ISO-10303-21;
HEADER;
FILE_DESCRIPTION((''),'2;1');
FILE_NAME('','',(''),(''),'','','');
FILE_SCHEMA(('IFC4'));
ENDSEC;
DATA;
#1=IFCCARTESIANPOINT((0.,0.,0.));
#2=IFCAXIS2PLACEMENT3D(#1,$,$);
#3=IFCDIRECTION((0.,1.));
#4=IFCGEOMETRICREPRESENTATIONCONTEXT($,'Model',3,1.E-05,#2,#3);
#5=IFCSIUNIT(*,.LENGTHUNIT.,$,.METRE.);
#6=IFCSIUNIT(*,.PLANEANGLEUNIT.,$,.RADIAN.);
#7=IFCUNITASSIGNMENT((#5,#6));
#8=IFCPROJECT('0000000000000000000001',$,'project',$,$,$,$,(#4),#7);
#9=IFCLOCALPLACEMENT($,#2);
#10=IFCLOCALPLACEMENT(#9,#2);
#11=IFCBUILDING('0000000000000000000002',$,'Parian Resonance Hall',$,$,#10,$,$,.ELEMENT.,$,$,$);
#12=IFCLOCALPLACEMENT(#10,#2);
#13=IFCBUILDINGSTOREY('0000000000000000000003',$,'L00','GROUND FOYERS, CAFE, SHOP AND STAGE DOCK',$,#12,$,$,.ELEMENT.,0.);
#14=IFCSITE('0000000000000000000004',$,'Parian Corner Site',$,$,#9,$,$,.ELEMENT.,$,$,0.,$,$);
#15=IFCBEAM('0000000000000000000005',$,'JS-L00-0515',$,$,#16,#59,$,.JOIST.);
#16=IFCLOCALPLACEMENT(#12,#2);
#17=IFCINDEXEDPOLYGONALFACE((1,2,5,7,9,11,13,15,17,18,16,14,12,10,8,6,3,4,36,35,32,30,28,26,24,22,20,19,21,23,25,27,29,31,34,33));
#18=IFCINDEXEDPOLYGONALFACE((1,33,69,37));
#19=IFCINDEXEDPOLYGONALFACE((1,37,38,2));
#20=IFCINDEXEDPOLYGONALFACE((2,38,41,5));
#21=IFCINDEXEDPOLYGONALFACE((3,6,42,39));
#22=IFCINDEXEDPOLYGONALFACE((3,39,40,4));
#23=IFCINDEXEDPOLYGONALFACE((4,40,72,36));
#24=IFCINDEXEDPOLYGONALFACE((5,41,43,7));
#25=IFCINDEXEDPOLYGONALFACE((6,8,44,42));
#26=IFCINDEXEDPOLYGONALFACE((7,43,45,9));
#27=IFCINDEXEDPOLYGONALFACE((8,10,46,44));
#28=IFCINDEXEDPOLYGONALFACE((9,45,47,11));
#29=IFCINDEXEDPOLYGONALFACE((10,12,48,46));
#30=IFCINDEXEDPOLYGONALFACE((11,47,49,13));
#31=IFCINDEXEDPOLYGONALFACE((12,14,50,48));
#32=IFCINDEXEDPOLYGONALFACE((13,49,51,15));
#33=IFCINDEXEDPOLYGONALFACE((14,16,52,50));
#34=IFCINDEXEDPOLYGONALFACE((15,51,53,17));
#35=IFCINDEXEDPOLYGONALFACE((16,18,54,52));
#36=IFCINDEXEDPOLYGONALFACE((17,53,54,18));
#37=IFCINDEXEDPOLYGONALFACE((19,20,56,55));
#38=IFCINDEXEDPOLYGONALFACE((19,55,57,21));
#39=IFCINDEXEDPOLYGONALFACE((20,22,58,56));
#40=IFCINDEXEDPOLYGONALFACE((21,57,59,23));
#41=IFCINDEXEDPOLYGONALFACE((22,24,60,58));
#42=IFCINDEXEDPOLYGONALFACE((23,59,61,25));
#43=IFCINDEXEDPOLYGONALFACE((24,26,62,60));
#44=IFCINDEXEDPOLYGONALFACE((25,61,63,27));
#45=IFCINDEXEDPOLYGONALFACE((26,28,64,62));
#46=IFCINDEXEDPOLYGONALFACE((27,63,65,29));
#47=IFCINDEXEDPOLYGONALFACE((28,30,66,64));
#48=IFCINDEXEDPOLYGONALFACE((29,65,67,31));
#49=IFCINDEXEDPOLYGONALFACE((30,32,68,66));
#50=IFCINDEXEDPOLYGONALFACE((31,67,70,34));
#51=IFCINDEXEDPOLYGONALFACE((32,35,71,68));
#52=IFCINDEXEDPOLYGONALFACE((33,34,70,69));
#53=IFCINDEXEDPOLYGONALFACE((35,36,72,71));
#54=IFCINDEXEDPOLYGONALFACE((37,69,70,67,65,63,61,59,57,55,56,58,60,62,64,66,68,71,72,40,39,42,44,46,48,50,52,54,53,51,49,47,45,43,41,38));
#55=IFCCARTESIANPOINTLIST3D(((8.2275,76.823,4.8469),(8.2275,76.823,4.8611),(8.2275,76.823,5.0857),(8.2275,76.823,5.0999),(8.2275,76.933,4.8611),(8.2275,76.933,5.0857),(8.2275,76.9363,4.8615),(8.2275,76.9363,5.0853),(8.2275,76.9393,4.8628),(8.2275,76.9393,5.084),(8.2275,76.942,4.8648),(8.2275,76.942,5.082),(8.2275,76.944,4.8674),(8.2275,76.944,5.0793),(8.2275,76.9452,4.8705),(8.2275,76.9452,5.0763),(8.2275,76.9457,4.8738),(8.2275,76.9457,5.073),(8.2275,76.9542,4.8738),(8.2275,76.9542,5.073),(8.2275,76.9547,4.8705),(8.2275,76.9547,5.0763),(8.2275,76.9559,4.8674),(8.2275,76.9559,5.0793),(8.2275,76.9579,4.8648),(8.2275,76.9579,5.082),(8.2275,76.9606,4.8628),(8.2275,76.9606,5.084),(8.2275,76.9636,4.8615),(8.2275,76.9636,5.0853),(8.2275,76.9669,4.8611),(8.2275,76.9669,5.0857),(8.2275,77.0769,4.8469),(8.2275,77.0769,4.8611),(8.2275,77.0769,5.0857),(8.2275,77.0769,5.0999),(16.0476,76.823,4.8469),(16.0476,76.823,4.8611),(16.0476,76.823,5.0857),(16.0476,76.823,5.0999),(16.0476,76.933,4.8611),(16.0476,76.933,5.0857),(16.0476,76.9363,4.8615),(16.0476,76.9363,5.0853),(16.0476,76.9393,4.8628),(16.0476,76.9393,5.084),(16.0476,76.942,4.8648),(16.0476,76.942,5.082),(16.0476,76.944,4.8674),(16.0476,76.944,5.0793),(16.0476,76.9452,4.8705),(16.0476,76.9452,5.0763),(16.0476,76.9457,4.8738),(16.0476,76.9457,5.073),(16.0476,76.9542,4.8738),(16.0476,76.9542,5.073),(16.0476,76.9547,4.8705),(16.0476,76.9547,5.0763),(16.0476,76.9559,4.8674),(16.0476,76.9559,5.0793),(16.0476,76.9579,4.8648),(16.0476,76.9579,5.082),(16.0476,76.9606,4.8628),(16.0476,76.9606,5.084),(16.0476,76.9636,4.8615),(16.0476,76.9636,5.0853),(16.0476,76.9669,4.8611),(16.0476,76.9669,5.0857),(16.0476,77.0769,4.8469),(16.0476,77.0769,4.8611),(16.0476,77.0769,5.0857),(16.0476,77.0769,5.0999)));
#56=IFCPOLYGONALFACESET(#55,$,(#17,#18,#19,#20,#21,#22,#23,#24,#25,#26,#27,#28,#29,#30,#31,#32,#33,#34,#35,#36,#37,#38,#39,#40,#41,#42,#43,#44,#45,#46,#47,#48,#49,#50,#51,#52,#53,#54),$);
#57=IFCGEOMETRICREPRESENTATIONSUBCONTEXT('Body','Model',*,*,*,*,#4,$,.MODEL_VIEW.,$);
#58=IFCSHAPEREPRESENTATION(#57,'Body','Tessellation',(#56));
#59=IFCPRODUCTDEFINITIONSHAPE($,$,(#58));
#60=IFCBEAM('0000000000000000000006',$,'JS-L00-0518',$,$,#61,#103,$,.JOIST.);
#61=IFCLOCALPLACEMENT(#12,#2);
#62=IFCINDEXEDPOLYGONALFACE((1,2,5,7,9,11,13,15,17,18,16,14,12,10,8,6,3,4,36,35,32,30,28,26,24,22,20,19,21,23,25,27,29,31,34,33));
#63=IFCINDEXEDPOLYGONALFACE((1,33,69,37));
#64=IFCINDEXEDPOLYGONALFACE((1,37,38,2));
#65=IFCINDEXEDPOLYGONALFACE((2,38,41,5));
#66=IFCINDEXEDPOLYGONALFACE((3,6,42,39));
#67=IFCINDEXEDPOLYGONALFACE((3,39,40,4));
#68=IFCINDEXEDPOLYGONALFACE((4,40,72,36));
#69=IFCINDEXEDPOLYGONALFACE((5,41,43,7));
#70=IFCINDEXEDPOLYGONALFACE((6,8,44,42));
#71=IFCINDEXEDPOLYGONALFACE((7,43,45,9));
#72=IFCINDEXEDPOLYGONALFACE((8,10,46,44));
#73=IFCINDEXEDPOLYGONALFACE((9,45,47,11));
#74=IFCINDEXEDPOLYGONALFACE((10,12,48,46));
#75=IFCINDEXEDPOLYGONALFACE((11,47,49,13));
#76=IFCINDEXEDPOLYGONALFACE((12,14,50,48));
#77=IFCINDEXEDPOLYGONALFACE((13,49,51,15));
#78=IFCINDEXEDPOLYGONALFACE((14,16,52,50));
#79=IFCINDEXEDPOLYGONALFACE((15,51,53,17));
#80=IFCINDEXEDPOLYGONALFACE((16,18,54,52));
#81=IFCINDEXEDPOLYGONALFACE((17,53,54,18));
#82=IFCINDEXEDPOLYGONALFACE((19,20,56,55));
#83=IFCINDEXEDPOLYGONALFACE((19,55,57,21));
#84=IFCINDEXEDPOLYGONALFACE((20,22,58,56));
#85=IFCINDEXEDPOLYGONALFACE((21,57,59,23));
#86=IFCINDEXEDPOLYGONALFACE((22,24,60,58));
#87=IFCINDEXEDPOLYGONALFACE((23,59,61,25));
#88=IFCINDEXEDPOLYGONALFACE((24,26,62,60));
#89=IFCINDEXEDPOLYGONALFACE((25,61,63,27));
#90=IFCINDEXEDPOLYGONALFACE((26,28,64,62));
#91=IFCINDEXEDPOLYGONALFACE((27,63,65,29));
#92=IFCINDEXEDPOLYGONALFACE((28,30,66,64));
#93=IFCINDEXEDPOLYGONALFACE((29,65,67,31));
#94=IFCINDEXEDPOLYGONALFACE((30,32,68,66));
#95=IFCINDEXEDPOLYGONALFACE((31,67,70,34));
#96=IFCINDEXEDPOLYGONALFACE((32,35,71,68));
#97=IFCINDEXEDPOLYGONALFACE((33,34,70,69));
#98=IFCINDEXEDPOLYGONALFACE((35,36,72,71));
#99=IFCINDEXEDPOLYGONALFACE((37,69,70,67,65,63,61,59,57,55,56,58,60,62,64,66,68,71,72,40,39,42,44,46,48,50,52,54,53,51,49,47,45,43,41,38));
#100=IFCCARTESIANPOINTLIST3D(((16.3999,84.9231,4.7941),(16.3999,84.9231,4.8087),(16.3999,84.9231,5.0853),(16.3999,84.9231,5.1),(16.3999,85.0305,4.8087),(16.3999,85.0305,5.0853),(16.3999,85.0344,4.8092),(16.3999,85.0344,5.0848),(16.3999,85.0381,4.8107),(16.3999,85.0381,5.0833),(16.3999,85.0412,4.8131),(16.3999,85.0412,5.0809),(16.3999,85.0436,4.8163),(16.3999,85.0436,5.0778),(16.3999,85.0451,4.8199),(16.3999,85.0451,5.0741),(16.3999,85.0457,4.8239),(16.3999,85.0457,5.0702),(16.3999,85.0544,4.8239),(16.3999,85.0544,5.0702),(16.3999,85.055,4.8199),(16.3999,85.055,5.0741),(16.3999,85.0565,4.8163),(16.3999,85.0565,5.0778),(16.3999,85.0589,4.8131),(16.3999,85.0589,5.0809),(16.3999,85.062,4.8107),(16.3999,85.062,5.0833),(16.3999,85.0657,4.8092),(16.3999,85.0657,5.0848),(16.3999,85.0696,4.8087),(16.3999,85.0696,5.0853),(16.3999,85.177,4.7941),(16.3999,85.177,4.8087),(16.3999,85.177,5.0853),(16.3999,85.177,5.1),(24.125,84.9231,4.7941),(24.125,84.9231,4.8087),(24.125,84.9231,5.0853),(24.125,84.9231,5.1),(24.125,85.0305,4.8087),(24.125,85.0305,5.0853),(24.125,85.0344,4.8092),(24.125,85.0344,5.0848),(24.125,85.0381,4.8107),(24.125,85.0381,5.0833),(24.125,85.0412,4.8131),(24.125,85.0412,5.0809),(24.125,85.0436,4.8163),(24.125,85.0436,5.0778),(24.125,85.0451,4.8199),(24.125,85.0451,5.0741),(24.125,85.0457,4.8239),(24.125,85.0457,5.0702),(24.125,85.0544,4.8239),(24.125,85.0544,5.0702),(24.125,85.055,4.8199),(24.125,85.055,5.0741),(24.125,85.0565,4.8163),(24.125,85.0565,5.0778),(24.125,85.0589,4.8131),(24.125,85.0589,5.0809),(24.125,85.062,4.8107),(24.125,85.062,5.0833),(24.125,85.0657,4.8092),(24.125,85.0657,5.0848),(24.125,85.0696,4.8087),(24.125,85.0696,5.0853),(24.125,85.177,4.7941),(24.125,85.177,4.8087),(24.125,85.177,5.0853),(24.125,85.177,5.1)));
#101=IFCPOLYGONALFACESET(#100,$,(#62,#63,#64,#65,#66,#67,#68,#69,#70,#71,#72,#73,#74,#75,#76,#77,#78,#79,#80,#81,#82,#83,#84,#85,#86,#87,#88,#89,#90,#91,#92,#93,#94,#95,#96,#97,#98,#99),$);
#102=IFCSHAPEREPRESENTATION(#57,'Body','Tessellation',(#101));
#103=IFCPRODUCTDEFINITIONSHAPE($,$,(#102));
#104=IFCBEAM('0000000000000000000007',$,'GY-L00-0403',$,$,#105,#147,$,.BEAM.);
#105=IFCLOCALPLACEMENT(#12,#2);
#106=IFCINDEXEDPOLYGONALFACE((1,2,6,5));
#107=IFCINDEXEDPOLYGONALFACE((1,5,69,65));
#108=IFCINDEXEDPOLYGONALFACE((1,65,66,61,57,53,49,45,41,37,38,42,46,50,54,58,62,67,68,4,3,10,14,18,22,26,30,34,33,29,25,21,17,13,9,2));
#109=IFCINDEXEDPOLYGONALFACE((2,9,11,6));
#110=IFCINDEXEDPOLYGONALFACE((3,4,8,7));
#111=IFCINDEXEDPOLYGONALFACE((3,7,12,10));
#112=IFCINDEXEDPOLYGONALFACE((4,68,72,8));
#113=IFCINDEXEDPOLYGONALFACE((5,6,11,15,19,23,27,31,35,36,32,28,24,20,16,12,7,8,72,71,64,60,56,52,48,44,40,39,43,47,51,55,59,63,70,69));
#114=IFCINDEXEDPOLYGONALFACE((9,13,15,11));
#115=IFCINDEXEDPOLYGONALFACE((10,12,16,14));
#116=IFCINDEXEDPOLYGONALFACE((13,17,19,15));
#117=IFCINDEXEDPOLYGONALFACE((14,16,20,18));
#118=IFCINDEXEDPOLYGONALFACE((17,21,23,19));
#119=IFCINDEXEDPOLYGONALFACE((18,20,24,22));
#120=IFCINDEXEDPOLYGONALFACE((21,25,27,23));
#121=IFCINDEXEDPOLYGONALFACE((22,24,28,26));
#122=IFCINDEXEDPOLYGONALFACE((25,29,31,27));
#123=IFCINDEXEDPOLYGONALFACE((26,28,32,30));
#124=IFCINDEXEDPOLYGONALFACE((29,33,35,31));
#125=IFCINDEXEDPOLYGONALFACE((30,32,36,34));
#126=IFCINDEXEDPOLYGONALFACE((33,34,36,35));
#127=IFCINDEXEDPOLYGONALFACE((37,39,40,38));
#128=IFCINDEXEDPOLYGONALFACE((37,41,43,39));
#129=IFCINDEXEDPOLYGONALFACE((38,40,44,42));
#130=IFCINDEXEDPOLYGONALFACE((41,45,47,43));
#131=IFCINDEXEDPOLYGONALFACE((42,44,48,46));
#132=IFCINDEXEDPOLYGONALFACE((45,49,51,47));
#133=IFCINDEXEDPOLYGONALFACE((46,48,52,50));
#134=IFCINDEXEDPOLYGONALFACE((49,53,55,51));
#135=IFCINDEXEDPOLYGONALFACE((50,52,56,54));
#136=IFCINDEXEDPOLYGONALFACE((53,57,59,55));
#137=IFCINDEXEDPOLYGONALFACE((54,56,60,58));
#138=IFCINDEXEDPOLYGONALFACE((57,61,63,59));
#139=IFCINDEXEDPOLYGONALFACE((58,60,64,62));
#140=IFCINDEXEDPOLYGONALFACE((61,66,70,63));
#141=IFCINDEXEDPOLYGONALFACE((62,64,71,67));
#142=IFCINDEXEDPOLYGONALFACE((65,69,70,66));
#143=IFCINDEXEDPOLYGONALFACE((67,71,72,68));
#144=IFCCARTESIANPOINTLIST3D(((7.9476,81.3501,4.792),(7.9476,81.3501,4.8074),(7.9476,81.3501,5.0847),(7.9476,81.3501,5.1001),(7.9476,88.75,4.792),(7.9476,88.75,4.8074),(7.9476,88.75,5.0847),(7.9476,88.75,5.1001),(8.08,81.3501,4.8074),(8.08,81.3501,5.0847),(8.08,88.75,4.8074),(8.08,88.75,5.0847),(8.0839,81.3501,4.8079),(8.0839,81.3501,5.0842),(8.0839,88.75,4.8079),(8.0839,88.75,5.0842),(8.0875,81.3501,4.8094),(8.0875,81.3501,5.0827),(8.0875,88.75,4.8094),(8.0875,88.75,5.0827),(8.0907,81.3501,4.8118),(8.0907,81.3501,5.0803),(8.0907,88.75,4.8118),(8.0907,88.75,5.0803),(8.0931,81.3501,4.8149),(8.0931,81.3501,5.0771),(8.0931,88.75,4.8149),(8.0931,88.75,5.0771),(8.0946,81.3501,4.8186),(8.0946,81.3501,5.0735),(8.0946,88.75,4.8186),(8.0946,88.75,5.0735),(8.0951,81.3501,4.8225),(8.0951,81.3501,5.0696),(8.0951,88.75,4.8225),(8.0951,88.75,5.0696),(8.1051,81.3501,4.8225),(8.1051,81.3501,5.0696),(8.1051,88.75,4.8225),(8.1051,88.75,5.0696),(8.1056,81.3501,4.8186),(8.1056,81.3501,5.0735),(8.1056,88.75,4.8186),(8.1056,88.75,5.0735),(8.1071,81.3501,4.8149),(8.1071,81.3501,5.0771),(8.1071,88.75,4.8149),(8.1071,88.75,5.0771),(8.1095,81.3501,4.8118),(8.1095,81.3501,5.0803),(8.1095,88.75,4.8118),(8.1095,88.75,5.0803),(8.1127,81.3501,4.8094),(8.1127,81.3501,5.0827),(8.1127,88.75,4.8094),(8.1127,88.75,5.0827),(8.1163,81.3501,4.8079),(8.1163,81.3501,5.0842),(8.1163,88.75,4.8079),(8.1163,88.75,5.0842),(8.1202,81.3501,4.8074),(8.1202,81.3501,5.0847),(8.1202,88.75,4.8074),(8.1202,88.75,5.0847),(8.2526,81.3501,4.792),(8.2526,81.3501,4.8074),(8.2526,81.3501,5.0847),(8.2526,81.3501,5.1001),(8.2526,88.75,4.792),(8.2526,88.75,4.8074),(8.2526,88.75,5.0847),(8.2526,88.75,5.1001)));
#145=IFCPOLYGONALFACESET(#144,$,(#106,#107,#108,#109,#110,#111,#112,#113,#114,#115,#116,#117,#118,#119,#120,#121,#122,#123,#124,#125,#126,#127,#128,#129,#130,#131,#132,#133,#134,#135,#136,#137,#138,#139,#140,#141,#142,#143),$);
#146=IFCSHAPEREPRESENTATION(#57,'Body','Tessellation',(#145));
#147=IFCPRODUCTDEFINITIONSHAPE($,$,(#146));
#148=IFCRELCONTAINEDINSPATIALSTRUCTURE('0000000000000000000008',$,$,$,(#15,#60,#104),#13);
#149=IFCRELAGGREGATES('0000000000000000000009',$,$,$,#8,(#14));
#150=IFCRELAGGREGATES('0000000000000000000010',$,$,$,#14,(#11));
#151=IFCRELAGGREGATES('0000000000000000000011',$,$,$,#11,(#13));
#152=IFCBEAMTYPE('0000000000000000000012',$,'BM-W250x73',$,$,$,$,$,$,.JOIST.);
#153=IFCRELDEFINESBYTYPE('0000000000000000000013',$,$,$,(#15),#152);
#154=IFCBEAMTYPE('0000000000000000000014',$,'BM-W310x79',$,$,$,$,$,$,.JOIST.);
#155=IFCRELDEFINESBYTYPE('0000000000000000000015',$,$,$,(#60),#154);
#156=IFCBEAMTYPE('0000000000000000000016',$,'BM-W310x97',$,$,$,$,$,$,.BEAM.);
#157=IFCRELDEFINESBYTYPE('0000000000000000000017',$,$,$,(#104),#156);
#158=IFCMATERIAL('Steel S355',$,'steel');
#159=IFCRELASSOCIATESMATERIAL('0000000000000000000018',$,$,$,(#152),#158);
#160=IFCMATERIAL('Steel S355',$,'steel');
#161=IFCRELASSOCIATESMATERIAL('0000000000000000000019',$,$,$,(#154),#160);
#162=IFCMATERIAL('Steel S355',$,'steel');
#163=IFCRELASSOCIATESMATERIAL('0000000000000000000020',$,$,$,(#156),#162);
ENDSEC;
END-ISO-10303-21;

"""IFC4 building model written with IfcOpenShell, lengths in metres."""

from ifc_helpers import new_model, si_unit, direction, frame, origin, origin_2d, place, context, subcontext, project, spatial, i_section, extrude, material, material_profile, profile_set, type_object, element, save


model = new_model("IFC4")

# Units and contexts
model_context = context("Model", 3, precision=1e-05, world=origin(), true_north=direction((0.0, 1.0)))
body_context = subcontext(model_context, "Body", "Model", "MODEL_VIEW")
ifc_project = project(units=[si_unit("LENGTHUNIT", "METRE"), si_unit("PLANEANGLEUNIT", "RADIAN")], contexts=[model_context])

# Site, building, storey
site_placement = place(None, origin())
site = spatial("IfcSite", under=ifc_project, at=site_placement, Name="Parian Corner Site", CompositionType="ELEMENT", RefElevation=0.0)
building_placement = place(site_placement, origin())
building = spatial("IfcBuilding", under=site, at=building_placement, Name="Parian Resonance Hall", CompositionType="ELEMENT")
storey_placement = place(building_placement, origin())
storey = spatial("IfcBuildingStorey", under=building, at=storey_placement, Name="L00", Description="GROUND FOYERS, CAFE, SHOP AND STAGE DOCK", CompositionType="ELEMENT", Elevation=0.0)

# Beams
ifc_material_1 = material(Name="Steel S355", Category="steel")
ifc_material_profile_1 = material_profile(ifc_material_1, i_section(OverallWidth=0.2539, OverallDepth=0.2529, WebThickness=0.0085, FlangeThickness=0.0142, FilletRadius=0.0127, at=origin_2d()), Name="W250x73")
ifc_profile_set_1 = profile_set([ifc_material_profile_1], Name="Steel S355")
beam_type_1 = type_object("IfcBeamType", Name="BM-W250x73", PredefinedType="JOIST", material=ifc_profile_set_1)
for number, where, z_axis, x_axis, name in (
    (1, (8.2275, 76.95, 4.9734), (1.0, 0.0, 0.0), (0.0, 1.0, 0.0), "JS-L00-0515"),
):
    element("IfcBeam", number, at=place(storey_placement, frame(where, z_axis=z_axis, x_axis=x_axis)), inside=storey, type_object=beam_type_1, Name=name, PredefinedType="JOIST", context=body_context, shape_type="SweptSolid", body=[
        extrude(i_section(OverallWidth=0.2539, OverallDepth=0.2529, WebThickness=0.0085, FlangeThickness=0.0142, FilletRadius=0.0127, at=origin_2d()), origin(), (0.0, 0.0, 1.0), 7.8201),
    ])
ifc_material_2 = material(Name="Steel S355", Category="steel")
ifc_material_profile_2 = material_profile(ifc_material_2, i_section(OverallWidth=0.2539, OverallDepth=0.3059, WebThickness=0.0088, FlangeThickness=0.0146, FilletRadius=0.0151, at=origin_2d()), Name="W310x79")
ifc_profile_set_2 = profile_set([ifc_material_profile_2], Name="Steel S355")
beam_type_2 = type_object("IfcBeamType", Name="BM-W310x79", PredefinedType="JOIST", material=ifc_profile_set_2)
beam_1_placement = place(storey_placement, frame((16.3999, 85.05, 4.947), z_axis=(1.0, 0.0, 0.0), x_axis=(0.0, 1.0, 0.0)))
element("IfcBeam", 2, at=beam_1_placement, inside=storey, type_object=beam_type_2, Name="JS-L00-0518", PredefinedType="JOIST", context=body_context, shape_type="SweptSolid", body=[
    extrude(i_section(OverallWidth=0.2539, OverallDepth=0.3059, WebThickness=0.0088, FlangeThickness=0.0146, FilletRadius=0.0151, at=origin_2d()), origin(), (0.0, 0.0, 1.0), 7.7251),
])
ifc_material_3 = material(Name="Steel S355", Category="steel")
ifc_material_profile_3 = material_profile(ifc_material_3, i_section(OverallWidth=0.3049, OverallDepth=0.3081, WebThickness=0.01, FlangeThickness=0.0154, FilletRadius=0.0151, at=origin_2d()), Name="W310x97")
ifc_profile_set_3 = profile_set([ifc_material_profile_3], Name="Steel S355")
beam_type_3 = type_object("IfcBeamType", Name="BM-W310x97", PredefinedType="BEAM", material=ifc_profile_set_3)
beam_2_placement = place(storey_placement, frame((8.1001, 81.3501, 4.946), z_axis=(0.0, 1.0, 0.0), x_axis=(-1.0, 0.0, 0.0)))
element("IfcBeam", 3, at=beam_2_placement, inside=storey, type_object=beam_type_3, Name="GY-L00-0403", PredefinedType="BEAM", context=body_context, shape_type="SweptSolid", body=[
    extrude(i_section(OverallWidth=0.3049, OverallDepth=0.3081, WebThickness=0.01, FlangeThickness=0.0154, FilletRadius=0.0151, at=origin_2d()), origin(), (0.0, 0.0, 1.0), 7.3999),
])

save(model, "model.ifc")
